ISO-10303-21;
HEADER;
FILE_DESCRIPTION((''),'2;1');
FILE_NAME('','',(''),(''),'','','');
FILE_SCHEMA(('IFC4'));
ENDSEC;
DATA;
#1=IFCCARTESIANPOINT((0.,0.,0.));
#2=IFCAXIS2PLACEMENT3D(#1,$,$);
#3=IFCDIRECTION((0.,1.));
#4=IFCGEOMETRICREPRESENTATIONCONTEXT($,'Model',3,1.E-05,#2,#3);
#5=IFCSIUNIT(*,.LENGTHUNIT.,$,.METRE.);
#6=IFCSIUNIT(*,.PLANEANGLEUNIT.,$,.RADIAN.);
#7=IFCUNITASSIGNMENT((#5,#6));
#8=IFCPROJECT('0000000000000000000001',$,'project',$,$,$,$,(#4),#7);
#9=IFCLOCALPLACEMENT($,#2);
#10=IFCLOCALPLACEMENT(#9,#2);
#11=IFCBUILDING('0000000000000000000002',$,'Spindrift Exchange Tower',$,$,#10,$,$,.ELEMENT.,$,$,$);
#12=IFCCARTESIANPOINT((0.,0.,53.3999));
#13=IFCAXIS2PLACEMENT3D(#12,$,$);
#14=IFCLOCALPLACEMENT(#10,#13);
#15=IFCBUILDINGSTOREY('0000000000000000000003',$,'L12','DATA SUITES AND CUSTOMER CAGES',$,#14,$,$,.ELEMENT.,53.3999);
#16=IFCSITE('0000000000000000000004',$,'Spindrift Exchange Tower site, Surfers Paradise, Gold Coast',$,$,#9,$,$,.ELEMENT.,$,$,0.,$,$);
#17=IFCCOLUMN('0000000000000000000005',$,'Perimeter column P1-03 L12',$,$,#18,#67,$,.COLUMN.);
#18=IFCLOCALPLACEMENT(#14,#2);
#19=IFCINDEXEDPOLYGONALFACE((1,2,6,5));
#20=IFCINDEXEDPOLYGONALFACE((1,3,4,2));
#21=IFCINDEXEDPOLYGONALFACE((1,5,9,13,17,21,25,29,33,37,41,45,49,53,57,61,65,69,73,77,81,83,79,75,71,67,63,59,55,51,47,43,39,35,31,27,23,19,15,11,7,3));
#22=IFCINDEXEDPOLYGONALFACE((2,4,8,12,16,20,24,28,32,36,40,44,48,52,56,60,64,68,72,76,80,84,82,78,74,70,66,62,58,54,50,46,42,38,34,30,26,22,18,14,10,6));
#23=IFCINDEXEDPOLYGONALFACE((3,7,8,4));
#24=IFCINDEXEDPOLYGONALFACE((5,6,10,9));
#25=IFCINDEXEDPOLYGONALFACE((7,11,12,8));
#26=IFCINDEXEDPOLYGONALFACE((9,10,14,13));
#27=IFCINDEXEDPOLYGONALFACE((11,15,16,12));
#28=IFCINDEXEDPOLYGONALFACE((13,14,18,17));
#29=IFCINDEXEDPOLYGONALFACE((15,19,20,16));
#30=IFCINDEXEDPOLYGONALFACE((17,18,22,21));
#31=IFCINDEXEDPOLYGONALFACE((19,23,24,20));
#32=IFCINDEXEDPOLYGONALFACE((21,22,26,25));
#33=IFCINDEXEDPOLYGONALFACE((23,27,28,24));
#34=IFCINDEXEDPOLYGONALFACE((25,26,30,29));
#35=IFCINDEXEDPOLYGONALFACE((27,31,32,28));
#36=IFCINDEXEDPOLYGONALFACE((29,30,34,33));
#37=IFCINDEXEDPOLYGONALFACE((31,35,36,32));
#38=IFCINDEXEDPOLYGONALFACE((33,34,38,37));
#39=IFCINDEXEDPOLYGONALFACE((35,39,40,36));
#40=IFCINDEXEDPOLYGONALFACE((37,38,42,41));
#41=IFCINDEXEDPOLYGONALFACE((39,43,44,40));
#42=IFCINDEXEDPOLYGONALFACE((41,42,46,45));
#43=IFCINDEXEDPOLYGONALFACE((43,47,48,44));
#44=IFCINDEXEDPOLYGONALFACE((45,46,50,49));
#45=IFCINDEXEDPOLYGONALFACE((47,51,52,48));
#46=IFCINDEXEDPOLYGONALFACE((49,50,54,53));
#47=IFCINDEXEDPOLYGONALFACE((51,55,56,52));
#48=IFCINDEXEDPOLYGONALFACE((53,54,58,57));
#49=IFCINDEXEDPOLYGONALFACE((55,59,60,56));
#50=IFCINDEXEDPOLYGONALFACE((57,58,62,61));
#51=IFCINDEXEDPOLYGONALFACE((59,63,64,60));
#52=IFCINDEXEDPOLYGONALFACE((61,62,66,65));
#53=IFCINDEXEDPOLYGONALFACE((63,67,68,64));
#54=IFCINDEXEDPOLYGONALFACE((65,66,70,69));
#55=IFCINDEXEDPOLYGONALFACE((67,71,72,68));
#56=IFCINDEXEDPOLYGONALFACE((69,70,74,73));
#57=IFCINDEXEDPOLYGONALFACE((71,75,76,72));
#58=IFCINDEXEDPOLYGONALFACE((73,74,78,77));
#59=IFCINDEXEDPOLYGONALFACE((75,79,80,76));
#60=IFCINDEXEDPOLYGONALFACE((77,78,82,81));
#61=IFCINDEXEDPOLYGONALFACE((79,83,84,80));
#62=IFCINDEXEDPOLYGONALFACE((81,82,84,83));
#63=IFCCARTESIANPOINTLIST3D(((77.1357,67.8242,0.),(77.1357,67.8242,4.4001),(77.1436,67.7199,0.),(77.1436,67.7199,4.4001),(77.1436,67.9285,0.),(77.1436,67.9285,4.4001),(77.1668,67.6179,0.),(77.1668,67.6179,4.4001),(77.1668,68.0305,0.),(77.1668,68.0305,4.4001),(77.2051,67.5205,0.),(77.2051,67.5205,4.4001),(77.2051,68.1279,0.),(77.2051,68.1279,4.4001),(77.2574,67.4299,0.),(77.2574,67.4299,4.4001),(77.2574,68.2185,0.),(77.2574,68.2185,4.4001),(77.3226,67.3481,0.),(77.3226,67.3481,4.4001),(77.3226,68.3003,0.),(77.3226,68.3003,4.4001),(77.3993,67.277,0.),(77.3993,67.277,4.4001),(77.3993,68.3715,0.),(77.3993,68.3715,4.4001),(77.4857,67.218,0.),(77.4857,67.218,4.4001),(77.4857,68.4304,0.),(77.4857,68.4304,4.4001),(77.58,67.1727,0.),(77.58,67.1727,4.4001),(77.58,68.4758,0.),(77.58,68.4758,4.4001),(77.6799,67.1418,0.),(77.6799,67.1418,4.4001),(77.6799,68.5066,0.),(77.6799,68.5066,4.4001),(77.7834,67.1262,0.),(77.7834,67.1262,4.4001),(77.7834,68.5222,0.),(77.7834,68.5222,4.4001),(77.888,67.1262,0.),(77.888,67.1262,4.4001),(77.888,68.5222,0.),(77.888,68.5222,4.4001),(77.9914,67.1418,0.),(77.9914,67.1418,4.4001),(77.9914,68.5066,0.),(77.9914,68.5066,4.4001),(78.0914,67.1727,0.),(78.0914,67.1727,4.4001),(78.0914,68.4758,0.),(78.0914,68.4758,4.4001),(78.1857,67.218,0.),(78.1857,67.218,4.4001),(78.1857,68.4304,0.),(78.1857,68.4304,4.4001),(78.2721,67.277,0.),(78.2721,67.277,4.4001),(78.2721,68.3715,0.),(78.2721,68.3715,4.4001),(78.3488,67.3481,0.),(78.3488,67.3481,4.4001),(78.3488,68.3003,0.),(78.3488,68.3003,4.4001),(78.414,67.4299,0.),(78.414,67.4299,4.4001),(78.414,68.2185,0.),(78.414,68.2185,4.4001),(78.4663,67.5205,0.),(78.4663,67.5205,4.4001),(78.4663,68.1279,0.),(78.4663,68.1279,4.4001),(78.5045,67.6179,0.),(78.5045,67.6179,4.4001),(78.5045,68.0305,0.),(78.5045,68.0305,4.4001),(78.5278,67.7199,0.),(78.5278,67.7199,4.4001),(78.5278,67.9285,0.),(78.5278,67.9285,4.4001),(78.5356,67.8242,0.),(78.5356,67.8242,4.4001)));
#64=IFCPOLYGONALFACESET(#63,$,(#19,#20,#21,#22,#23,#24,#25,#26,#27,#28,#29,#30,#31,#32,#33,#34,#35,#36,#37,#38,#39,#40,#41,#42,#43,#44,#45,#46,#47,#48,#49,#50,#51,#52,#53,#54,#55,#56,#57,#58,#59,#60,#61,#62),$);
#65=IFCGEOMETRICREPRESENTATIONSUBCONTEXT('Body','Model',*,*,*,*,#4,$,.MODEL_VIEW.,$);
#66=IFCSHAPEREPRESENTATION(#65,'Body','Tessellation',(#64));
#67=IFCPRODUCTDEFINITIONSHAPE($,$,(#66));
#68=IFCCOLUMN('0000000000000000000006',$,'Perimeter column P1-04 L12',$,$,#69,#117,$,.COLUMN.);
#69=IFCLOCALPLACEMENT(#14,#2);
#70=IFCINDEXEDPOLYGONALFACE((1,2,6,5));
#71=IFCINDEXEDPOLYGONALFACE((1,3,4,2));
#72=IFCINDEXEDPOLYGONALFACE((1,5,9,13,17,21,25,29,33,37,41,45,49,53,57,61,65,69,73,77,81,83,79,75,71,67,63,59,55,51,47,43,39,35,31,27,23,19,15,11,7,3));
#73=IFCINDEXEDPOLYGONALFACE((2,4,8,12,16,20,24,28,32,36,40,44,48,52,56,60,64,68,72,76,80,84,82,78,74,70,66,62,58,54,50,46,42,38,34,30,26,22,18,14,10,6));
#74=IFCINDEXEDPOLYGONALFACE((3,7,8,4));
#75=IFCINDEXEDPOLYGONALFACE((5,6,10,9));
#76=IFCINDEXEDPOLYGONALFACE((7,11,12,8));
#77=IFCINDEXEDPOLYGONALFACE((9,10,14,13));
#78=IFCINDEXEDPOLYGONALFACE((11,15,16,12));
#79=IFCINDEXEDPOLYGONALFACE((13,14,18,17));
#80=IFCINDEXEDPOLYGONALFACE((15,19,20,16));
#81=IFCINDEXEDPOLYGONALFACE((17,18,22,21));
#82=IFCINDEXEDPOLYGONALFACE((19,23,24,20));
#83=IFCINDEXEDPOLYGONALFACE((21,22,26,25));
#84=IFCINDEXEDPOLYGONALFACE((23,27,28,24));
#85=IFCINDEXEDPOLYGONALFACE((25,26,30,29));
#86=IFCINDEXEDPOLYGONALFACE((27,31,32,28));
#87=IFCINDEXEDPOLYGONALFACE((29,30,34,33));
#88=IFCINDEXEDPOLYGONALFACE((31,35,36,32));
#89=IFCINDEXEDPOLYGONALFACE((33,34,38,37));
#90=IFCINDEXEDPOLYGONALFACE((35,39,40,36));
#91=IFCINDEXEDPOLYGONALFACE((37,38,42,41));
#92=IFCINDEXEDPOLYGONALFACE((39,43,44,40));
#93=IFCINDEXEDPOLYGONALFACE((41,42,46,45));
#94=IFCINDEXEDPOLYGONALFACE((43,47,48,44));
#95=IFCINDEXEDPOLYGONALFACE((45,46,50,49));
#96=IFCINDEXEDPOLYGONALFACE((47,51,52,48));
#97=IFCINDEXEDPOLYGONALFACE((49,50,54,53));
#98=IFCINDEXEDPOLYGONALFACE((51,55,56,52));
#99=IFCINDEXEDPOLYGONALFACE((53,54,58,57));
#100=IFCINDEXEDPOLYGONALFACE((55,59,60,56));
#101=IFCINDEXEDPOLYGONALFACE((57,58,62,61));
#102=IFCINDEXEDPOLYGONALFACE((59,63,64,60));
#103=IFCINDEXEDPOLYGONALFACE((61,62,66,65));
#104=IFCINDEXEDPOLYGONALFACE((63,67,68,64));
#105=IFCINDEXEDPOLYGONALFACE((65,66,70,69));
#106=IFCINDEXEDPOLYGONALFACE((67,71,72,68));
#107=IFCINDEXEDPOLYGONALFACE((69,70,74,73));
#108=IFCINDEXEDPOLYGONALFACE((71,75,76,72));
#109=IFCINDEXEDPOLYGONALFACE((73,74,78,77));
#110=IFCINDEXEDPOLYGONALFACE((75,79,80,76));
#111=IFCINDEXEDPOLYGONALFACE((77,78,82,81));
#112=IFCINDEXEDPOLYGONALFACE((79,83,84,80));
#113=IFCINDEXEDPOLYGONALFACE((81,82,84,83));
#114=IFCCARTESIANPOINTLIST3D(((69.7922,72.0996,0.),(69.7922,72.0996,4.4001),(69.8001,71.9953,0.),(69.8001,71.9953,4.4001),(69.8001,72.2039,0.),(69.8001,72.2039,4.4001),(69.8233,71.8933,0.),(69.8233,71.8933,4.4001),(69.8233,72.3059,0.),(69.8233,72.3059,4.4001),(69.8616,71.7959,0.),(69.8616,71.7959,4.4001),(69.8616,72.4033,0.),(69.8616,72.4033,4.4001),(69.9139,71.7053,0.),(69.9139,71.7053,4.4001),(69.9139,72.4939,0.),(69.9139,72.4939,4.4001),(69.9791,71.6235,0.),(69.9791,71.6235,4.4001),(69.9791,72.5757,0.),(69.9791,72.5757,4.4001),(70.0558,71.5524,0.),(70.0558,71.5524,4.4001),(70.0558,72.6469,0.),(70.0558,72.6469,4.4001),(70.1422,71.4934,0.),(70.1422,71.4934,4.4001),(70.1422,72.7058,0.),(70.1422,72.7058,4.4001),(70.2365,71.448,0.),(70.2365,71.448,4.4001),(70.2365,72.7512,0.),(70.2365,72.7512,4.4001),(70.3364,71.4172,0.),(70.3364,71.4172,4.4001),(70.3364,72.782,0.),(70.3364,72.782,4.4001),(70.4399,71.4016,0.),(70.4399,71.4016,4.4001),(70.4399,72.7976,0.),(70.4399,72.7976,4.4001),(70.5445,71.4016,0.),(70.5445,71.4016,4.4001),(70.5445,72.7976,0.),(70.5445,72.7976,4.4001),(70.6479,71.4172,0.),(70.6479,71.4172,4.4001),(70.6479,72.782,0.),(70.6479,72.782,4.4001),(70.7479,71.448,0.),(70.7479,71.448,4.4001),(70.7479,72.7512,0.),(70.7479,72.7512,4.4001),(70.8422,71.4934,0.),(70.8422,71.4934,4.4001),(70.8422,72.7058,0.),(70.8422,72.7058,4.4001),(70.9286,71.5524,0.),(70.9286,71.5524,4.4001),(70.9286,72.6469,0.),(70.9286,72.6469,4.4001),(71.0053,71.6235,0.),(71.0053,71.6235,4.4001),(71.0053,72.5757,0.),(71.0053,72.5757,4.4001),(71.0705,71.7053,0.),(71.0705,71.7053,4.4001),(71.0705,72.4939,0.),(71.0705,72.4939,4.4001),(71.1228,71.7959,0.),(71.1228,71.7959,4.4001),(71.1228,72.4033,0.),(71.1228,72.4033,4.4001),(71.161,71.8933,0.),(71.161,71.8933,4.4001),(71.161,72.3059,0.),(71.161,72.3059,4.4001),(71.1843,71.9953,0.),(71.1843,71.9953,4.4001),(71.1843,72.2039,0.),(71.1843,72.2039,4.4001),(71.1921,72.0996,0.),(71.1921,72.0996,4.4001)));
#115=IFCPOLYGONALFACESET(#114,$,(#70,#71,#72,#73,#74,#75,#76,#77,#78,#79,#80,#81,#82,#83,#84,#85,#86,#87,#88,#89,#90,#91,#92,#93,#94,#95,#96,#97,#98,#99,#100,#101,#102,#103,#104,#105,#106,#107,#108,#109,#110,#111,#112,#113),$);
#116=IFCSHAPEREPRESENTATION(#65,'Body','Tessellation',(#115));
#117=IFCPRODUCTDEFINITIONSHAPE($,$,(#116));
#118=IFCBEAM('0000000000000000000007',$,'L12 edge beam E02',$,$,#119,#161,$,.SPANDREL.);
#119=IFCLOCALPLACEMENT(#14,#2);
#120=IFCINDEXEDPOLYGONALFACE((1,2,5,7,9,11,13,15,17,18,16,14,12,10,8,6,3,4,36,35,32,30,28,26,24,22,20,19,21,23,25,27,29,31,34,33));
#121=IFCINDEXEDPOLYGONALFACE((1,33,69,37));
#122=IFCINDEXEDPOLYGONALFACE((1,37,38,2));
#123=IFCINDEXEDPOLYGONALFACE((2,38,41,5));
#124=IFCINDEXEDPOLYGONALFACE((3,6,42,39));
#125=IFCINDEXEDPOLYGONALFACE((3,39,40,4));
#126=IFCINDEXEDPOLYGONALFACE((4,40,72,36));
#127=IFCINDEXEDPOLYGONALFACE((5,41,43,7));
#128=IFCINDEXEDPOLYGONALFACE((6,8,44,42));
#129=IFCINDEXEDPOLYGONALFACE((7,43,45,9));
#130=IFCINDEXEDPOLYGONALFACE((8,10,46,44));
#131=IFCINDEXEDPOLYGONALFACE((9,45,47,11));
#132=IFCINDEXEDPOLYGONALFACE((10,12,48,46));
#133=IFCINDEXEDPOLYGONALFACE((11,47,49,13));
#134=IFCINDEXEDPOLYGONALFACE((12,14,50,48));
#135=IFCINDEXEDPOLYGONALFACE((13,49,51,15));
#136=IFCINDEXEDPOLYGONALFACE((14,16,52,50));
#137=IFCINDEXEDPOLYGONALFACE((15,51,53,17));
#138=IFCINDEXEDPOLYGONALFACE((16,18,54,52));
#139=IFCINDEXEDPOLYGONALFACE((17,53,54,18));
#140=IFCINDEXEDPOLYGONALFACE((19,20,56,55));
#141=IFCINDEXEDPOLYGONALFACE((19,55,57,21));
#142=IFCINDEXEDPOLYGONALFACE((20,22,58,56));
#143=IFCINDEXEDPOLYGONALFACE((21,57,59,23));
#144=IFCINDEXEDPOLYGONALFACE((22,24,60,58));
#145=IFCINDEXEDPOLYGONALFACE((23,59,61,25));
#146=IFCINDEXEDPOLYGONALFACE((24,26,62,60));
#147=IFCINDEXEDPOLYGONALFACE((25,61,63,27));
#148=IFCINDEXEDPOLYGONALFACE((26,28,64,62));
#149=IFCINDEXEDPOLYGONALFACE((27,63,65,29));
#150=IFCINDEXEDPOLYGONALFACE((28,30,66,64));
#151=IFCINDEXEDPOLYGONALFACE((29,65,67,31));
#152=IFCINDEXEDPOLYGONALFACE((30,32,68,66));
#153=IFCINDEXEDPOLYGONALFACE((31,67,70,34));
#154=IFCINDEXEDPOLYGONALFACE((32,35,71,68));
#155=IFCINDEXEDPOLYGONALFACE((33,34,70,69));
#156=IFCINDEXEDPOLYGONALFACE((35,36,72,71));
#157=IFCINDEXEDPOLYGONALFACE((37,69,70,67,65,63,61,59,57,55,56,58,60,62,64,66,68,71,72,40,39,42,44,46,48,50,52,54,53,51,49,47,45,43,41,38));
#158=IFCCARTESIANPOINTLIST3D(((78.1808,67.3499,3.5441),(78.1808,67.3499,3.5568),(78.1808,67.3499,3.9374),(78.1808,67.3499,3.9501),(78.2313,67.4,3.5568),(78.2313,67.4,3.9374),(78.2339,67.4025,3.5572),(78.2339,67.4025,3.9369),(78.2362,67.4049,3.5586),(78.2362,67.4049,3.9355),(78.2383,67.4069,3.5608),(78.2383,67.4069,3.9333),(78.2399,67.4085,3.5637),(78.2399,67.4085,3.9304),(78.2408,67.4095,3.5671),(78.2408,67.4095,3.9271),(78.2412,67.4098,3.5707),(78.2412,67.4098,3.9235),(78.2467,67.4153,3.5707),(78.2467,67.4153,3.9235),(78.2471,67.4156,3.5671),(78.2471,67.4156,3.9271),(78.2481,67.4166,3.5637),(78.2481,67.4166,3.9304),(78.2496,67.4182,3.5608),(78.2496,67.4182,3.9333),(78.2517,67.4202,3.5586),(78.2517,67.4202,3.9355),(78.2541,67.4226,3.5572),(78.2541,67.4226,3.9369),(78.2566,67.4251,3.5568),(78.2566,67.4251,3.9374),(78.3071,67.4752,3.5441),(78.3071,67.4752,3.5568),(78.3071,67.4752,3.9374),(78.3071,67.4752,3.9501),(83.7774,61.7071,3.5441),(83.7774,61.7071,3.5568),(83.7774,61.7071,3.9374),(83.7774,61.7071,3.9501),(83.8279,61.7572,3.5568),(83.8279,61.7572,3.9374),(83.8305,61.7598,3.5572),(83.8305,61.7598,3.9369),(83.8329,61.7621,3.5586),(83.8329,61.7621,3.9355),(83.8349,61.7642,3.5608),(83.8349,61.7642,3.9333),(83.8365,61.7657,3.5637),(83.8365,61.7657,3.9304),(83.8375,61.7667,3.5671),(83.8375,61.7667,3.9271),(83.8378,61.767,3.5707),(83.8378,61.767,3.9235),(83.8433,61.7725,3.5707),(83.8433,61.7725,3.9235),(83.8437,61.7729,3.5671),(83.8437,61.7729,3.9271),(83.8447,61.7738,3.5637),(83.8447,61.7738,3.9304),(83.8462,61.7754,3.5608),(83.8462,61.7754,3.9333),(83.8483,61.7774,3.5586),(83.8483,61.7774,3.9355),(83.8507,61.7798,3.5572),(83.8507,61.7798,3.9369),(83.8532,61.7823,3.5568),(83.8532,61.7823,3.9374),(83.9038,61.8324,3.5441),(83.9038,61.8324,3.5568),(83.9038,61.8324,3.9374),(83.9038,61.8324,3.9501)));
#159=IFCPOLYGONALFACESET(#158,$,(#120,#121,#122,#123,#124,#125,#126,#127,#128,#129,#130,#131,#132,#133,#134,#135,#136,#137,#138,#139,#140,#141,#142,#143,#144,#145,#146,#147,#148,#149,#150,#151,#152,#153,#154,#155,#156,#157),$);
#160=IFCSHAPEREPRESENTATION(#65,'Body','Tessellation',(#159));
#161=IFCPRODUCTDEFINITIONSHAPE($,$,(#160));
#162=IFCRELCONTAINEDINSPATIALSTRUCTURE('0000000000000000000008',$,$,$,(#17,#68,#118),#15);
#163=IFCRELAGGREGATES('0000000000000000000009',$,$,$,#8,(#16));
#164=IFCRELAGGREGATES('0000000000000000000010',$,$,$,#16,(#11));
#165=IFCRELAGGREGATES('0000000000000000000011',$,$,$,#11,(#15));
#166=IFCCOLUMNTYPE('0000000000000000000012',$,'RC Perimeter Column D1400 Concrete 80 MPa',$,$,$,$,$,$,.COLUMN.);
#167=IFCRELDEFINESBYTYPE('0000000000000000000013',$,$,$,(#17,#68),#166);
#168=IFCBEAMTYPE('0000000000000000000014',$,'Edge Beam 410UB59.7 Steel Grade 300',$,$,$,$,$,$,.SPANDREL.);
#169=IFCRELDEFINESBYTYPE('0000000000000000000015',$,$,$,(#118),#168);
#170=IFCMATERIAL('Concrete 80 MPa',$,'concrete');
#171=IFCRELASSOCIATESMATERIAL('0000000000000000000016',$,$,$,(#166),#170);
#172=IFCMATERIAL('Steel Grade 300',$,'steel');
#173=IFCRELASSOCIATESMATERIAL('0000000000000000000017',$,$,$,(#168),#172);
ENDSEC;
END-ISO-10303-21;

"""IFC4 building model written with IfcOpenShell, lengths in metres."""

from ifc_helpers import new_model, si_unit, direction, frame, origin, origin_2d, place, context, subcontext, project, spatial, circle, i_section, extrude, source, transform, mapped, material, material_profile, profile_set, type_object, element, save


model = new_model("IFC4")

# Units and contexts
model_context = context("Model", 3, precision=1e-05, world=origin(), true_north=direction((0.0, 1.0)))
body_context = subcontext(model_context, "Body", "Model", "MODEL_VIEW")
ifc_project = project(units=[si_unit("LENGTHUNIT", "METRE"), si_unit("PLANEANGLEUNIT", "RADIAN")], contexts=[model_context])

# Site, building, storey
site_placement = place(None, origin())
site = spatial("IfcSite", under=ifc_project, at=site_placement, Name="Spindrift Exchange Tower site, Surfers Paradise, Gold Coast", CompositionType="ELEMENT", RefElevation=0.0)
building_placement = place(site_placement, origin())
building = spatial("IfcBuilding", under=site, at=building_placement, Name="Spindrift Exchange Tower", CompositionType="ELEMENT")
storey_placement = place(building_placement, frame((0.0, 0.0, 53.3999)))
storey = spatial("IfcBuildingStorey", under=building, at=storey_placement, Name="L12", Description="DATA SUITES AND CUSTOMER CAGES", CompositionType="ELEMENT", Elevation=53.3999)

# Columns
ifc_material_1 = material(Name="Concrete 80 MPa", Category="concrete")
ifc_material_profile_1 = material_profile(ifc_material_1, circle(Radius=0.7, at=origin_2d()), Name="RC D1400")
ifc_profile_set_1 = profile_set([ifc_material_profile_1], Name="Concrete 80 MPa")
column_type = type_object("IfcColumnType", Name="RC Perimeter Column D1400 Concrete 80 MPa", PredefinedType="COLUMN", material=ifc_profile_set_1)
shared_shape_1 = source(origin(), body_context, "Body", "SweptSolid", [
    extrude(circle(Radius=0.7, at=origin_2d()), origin(), (0.0, 0.0, 1.0), 4.4001),
])
for number, where, z_axis, x_axis, name in (
    (1, (77.8357, 67.8242, 0.0), (0.0, 0.0, 1.0), (1.0, 0.0, 0.0), "Perimeter column P1-03 L12"),
    (2, (70.4922, 72.0996, 0.0), (0.0, 0.0, 1.0), (1.0, 0.0, 0.0), "Perimeter column P1-04 L12"),
):
    element("IfcColumn", number, at=place(storey_placement, frame(where, z_axis=z_axis, x_axis=x_axis)), inside=storey, type_object=column_type, Name=name, PredefinedType="COLUMN", context=body_context, shape_type="MappedRepresentation", body=[
        mapped(shared_shape_1, transform((0.0, 0.0, 0.0), scale=1.0)),
    ])

# Beam
ifc_material_2 = material(Name="Steel Grade 300", Category="steel")
ifc_material_profile_2 = material_profile(ifc_material_2, i_section(OverallWidth=0.178, OverallDepth=0.406, WebThickness=0.0078, FlangeThickness=0.0127, FilletRadius=0.0139, at=origin_2d()), Name="410UB59.7")
ifc_profile_set_2 = profile_set([ifc_material_profile_2], Name="Steel Grade 300")
beam_type_1 = type_object("IfcBeamType", Name="Edge Beam 410UB59.7 Steel Grade 300", PredefinedType="SPANDREL", material=ifc_profile_set_2)
shared_shape_2 = source(origin(), body_context, "Body", "SweptSolid", [
    extrude(i_section(OverallWidth=0.178, OverallDepth=0.406, WebThickness=0.0078, FlangeThickness=0.0127, FilletRadius=0.0139, at=origin_2d()), origin(), (0.0, 0.0, 1.0), 7.9475),
])
beam_1_placement = place(storey_placement, frame((83.8406, 61.7698, 3.7471), z_axis=(-0.704198, 0.710004, 0.0), x_axis=(-0.710004, -0.704198, 0.0)))
element("IfcBeam", 3, at=beam_1_placement, inside=storey, type_object=beam_type_1, Name="L12 edge beam E02", PredefinedType="SPANDREL", context=body_context, shape_type="MappedRepresentation", body=[
    mapped(shared_shape_2, transform((0.0, 0.0, 0.0), scale=1.0)),
])

save(model, "model.ifc")
